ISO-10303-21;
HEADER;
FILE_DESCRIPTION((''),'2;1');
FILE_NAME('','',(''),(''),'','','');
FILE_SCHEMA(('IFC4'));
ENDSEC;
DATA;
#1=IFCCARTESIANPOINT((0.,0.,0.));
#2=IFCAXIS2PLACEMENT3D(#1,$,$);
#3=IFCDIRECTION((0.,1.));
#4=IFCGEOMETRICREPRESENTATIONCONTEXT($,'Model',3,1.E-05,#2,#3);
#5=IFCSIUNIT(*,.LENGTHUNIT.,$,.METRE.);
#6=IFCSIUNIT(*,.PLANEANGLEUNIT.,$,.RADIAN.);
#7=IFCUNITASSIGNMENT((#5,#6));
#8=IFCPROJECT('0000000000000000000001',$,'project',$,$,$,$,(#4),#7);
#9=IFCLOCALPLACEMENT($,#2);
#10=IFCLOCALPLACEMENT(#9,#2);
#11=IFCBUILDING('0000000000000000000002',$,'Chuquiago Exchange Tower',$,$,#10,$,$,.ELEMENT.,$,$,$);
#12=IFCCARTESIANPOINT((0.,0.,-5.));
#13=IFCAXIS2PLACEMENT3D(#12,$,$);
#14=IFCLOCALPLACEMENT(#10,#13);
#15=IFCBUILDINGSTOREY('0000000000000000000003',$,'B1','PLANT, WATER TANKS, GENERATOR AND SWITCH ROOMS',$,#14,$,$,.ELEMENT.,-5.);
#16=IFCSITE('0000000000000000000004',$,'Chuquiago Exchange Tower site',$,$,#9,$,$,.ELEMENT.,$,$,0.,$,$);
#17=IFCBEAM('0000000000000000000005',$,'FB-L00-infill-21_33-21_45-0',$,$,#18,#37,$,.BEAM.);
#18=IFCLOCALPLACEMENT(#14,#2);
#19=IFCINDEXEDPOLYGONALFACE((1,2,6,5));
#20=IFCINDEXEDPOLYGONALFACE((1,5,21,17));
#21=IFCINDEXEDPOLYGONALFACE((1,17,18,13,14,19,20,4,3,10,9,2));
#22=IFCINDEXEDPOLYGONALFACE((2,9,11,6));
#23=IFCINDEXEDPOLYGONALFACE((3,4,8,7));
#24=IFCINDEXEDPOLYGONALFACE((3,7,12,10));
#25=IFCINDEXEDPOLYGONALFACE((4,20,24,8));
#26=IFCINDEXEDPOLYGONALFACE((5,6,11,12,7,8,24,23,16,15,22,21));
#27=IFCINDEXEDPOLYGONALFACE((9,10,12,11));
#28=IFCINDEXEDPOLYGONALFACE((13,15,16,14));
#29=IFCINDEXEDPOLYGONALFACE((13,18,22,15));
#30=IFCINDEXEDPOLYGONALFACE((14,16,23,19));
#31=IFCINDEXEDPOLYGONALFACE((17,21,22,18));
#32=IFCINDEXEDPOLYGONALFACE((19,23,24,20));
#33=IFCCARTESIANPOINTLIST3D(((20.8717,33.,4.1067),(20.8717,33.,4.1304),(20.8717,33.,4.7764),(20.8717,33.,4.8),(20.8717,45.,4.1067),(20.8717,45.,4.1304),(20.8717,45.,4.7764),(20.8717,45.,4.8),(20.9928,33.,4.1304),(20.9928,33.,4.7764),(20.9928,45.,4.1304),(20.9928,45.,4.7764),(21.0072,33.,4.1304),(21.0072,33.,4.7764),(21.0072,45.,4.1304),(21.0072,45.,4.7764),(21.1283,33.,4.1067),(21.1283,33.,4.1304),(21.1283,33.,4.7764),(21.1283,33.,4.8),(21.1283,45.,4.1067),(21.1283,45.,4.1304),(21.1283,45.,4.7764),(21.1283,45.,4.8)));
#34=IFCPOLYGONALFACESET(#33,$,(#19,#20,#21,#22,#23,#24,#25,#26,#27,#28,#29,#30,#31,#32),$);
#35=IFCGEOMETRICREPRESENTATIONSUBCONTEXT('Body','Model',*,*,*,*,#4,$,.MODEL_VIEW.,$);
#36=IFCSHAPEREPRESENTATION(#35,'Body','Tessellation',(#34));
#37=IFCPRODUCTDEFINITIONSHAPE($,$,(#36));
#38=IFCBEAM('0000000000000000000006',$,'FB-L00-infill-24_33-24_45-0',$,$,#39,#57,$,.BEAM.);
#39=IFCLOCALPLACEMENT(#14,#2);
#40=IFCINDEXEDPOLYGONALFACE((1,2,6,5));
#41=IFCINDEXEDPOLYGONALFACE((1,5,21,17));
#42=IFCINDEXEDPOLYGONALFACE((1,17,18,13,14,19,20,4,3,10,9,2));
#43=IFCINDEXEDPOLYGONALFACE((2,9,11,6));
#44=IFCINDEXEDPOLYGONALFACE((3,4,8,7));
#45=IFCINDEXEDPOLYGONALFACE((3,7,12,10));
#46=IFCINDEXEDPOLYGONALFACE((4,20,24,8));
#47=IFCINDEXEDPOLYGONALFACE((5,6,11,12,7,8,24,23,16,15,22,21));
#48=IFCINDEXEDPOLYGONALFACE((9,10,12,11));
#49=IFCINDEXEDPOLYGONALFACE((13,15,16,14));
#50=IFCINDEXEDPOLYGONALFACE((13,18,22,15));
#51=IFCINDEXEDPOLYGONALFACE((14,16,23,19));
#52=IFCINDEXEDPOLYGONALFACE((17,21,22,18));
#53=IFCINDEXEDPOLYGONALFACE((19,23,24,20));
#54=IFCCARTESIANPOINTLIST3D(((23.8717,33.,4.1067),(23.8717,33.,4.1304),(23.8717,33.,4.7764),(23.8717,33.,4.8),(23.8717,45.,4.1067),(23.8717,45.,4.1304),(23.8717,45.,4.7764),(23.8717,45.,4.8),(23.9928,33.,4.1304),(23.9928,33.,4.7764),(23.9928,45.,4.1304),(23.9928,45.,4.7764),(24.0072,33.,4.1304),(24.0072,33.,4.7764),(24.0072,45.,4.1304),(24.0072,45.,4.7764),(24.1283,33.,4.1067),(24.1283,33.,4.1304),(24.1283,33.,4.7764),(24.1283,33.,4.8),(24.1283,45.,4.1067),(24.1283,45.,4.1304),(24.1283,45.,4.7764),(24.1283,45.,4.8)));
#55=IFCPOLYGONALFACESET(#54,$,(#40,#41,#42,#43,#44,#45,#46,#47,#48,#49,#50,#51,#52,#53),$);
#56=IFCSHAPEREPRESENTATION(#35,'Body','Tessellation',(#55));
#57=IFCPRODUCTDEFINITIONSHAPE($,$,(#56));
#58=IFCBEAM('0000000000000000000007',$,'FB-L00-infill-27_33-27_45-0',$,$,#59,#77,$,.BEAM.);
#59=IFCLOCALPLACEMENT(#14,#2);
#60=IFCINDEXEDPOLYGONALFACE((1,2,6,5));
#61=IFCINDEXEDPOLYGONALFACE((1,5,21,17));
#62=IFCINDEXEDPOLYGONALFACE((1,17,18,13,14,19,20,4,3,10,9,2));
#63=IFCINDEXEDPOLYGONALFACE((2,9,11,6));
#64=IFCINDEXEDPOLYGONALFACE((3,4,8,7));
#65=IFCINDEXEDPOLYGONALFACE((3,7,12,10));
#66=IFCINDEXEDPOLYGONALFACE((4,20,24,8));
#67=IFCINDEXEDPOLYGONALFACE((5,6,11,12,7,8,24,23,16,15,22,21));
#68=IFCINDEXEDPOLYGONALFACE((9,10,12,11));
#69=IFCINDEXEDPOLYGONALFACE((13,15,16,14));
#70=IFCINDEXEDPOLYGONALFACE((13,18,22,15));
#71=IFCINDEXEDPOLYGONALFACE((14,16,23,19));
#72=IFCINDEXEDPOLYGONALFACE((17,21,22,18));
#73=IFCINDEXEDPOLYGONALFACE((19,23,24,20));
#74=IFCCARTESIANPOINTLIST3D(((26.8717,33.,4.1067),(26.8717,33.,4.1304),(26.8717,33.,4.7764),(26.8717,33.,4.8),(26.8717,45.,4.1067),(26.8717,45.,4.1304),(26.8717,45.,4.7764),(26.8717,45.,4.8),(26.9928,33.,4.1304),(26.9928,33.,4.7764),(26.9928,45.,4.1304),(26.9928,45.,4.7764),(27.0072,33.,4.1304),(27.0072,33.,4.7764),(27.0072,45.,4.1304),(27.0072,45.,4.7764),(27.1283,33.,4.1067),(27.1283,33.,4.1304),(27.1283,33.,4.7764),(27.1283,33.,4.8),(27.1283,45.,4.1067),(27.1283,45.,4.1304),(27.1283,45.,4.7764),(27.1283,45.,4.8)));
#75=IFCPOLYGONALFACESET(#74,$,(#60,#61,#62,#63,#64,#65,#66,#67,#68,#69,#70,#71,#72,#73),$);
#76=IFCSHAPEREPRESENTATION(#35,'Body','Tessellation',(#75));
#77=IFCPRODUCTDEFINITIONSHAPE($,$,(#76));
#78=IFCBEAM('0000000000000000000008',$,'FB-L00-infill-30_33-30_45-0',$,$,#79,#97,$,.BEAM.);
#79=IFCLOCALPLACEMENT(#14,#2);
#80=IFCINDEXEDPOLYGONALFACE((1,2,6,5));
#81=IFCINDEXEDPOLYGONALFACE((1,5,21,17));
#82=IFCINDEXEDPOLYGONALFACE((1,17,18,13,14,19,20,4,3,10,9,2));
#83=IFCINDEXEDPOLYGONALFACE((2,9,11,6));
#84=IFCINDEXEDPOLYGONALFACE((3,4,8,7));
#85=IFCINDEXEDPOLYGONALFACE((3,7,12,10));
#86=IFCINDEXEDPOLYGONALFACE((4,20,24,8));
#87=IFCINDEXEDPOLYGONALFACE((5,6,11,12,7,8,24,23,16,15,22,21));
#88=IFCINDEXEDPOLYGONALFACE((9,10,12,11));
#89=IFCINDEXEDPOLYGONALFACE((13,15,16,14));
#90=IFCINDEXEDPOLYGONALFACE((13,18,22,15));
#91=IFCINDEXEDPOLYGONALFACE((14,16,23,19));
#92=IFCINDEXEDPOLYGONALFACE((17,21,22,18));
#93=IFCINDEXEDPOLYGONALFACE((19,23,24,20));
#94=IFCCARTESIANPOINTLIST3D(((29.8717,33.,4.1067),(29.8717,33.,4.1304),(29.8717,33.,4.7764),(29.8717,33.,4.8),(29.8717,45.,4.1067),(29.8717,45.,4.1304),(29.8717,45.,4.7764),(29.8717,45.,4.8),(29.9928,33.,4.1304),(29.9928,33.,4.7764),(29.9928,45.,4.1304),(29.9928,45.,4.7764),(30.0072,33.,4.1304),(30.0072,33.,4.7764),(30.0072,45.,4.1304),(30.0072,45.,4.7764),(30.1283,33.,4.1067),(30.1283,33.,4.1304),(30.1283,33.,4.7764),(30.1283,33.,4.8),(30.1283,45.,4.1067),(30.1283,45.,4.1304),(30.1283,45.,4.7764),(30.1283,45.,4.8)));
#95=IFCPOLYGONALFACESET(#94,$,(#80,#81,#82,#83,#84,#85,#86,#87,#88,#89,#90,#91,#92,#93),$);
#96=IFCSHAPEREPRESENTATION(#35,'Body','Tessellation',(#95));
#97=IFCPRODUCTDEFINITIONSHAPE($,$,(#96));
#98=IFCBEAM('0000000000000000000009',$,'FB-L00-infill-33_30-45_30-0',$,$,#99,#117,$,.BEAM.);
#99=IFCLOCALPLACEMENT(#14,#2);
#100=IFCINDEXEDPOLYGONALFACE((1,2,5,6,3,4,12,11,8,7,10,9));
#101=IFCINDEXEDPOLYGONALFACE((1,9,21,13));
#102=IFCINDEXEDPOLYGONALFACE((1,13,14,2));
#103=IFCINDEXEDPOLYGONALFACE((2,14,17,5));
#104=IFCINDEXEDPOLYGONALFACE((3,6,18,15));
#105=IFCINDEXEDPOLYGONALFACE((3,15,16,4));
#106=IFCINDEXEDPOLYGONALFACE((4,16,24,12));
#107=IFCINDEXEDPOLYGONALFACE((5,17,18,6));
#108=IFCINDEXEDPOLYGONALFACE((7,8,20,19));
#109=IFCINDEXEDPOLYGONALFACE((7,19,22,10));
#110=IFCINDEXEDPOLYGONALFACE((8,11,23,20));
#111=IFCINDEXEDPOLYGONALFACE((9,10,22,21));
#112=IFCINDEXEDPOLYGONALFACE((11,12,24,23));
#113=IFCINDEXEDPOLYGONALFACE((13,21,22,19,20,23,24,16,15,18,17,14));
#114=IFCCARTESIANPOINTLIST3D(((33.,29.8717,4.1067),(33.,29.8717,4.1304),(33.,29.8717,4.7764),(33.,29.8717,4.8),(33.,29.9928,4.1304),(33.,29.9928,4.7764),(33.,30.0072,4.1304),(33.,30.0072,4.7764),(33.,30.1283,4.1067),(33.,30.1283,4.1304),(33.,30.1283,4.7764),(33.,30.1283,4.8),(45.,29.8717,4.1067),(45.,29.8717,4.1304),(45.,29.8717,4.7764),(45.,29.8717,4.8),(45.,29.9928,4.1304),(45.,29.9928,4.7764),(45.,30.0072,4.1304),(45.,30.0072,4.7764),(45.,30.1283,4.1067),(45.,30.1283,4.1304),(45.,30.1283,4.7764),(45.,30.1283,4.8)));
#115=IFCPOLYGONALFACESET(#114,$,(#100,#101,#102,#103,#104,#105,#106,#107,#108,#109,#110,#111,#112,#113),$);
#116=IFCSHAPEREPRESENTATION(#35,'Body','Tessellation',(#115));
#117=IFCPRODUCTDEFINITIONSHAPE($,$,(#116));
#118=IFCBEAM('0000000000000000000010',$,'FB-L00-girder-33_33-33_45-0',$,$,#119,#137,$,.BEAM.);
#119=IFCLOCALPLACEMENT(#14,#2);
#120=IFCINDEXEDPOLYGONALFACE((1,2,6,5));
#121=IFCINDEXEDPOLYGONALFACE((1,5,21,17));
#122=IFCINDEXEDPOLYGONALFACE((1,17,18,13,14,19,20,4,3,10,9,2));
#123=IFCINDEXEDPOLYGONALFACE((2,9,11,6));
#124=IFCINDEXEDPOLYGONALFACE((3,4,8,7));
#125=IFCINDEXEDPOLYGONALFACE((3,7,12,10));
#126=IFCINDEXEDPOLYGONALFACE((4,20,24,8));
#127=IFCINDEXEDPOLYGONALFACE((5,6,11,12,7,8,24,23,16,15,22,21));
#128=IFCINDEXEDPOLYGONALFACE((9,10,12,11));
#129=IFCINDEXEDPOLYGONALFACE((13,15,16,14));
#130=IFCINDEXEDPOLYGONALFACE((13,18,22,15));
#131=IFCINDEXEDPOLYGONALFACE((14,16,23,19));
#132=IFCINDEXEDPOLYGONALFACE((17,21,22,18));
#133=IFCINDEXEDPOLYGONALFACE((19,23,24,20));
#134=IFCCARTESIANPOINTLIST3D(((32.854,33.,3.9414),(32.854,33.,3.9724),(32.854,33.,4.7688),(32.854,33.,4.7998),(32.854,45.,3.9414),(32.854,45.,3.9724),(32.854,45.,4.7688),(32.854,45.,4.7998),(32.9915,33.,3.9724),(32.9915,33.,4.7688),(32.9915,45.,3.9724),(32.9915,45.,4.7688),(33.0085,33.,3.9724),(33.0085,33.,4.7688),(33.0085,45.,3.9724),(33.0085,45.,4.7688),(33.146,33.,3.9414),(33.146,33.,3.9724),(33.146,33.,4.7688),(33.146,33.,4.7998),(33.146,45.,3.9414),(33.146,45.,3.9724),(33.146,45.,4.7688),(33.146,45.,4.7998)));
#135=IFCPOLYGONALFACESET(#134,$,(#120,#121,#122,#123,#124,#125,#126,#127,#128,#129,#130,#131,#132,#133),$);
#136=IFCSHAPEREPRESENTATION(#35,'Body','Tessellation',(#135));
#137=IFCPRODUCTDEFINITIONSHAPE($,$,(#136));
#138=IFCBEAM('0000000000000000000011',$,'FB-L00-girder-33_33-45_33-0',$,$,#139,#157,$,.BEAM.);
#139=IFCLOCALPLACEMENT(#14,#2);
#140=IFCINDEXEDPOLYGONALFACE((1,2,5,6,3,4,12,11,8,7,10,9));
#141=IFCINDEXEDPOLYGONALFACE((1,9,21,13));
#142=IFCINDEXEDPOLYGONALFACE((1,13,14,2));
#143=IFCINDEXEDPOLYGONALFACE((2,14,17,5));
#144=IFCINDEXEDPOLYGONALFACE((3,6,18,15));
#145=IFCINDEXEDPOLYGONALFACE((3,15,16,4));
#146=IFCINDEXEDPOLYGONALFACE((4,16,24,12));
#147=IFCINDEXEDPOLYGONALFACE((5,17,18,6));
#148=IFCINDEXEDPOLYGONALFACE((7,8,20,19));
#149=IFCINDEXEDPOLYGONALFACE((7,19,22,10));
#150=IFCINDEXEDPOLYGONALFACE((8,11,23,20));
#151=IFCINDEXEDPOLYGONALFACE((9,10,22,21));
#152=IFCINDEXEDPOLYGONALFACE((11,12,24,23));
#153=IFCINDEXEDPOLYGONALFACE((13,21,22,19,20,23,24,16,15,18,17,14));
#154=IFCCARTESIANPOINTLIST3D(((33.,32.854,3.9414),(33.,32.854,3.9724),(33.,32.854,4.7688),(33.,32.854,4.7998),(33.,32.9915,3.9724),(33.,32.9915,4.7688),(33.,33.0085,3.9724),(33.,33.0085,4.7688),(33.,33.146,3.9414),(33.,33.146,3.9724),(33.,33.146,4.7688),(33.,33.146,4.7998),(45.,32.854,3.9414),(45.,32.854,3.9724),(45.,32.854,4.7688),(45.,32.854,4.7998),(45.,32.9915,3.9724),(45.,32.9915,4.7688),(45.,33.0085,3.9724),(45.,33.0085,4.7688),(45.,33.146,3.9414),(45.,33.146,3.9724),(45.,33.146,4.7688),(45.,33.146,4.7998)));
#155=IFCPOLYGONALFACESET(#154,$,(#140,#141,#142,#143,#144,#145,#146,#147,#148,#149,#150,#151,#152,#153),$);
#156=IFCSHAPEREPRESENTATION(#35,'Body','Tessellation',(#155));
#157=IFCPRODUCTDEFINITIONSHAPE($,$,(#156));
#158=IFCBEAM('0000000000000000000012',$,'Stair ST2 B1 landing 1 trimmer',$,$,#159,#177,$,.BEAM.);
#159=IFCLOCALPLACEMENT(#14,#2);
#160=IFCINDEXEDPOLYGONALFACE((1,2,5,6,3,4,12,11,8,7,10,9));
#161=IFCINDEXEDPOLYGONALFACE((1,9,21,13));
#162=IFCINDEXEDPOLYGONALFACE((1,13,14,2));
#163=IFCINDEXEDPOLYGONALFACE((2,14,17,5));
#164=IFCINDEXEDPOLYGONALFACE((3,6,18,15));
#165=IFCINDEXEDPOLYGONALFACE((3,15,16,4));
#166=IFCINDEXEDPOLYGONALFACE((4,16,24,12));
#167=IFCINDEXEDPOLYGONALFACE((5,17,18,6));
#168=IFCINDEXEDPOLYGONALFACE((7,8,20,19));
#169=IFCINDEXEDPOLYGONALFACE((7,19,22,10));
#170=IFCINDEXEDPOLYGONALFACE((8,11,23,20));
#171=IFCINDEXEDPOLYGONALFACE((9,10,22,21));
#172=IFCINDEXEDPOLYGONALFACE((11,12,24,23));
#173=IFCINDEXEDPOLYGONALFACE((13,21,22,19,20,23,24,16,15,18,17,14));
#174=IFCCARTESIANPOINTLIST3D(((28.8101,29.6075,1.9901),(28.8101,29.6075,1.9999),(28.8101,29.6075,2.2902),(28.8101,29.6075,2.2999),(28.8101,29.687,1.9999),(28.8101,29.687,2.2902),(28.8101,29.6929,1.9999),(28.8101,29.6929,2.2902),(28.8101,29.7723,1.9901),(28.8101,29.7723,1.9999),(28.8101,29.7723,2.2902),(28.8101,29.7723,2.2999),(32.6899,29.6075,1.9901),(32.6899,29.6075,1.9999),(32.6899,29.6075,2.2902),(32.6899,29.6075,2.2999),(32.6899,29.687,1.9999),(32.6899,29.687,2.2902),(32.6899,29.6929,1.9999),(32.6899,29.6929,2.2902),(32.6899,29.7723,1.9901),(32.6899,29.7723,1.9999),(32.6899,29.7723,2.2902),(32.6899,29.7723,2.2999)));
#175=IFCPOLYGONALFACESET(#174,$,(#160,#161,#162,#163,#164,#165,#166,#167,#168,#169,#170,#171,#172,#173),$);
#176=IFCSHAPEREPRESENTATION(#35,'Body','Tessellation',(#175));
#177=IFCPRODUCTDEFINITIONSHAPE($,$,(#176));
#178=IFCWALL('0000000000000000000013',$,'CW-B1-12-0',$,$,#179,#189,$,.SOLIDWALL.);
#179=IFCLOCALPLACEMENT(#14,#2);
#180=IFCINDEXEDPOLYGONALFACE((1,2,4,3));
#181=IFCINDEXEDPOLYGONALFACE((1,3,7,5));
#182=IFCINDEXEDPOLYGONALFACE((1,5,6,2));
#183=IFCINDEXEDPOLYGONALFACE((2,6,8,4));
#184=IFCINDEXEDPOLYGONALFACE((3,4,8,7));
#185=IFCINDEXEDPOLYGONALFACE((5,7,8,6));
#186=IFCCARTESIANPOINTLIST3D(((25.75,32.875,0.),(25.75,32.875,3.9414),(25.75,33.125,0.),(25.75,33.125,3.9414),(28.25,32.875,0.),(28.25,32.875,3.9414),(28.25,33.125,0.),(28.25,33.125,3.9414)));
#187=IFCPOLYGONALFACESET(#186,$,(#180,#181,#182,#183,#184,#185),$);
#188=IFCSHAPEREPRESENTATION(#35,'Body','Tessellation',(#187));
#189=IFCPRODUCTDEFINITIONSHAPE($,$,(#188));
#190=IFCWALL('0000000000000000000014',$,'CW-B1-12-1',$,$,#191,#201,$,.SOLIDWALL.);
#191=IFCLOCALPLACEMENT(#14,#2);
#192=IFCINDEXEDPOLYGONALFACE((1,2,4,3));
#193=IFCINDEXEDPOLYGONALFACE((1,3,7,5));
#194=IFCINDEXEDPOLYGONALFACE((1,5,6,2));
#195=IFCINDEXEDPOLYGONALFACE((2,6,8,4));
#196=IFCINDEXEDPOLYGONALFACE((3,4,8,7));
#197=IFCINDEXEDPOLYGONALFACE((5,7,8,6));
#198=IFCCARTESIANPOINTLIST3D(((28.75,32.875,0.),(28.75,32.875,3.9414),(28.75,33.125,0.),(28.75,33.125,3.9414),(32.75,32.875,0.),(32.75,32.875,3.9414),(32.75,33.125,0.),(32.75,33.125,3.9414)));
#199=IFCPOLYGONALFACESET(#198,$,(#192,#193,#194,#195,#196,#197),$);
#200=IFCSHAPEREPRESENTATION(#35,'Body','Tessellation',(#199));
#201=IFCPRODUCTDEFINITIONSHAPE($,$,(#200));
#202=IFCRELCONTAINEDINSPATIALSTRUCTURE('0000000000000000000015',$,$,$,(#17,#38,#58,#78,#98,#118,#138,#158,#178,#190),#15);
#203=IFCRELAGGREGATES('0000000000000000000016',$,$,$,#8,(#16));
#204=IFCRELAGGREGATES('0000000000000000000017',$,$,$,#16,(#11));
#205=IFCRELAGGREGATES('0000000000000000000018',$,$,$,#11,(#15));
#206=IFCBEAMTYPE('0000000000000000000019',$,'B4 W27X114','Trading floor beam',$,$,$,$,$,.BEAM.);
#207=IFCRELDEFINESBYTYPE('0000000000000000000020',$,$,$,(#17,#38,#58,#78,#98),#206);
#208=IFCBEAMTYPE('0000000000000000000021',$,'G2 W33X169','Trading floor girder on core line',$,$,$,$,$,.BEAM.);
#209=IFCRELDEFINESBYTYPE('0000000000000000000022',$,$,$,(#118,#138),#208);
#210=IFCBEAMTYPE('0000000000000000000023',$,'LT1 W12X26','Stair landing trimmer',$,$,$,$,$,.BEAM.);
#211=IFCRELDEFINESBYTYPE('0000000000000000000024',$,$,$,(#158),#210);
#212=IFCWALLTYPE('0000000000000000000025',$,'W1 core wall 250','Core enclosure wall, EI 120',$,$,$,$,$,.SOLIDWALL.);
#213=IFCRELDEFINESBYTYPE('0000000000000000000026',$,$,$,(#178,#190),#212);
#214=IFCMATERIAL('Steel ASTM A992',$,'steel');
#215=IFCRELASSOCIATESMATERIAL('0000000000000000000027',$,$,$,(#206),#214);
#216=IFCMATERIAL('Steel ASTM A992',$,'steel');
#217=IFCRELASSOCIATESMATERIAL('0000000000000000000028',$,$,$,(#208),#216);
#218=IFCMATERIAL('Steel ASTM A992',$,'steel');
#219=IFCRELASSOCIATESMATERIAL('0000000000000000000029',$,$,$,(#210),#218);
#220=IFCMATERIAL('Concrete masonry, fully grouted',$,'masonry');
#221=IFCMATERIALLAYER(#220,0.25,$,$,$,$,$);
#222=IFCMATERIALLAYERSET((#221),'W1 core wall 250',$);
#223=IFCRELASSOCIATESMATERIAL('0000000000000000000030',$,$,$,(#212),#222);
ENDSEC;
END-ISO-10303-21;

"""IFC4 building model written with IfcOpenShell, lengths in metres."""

from ifc_helpers import new_model, si_unit, direction, frame, frame_2d, origin, origin_2d, place, context, subcontext, project, spatial, rectangle, i_section, extrude, material, layer, layer_set, material_profile, profile_set, type_object, element, save


model = new_model("IFC4")

# Units and contexts
model_context = context("Model", 3, precision=1e-05, world=origin(), true_north=direction((0.0, 1.0)))
body_context = subcontext(model_context, "Body", "Model", "MODEL_VIEW")
ifc_project = project(units=[si_unit("LENGTHUNIT", "METRE"), si_unit("PLANEANGLEUNIT", "RADIAN")], contexts=[model_context])

# Site, building, storey
site_placement = place(None, origin())
site = spatial("IfcSite", under=ifc_project, at=site_placement, Name="Chuquiago Exchange Tower site", CompositionType="ELEMENT", RefElevation=0.0)
building_placement = place(site_placement, origin())
building = spatial("IfcBuilding", under=site, at=building_placement, Name="Chuquiago Exchange Tower", CompositionType="ELEMENT")
storey_placement = place(building_placement, frame((0.0, 0.0, -5.0)))
storey = spatial("IfcBuildingStorey", under=building, at=storey_placement, Name="B1", Description="PLANT, WATER TANKS, GENERATOR AND SWITCH ROOMS", CompositionType="ELEMENT", Elevation=-5.0)

# Beams
ifc_material_1 = material(Name="Steel ASTM A992", Category="steel")
ifc_material_profile_1 = material_profile(ifc_material_1, i_section(OverallWidth=0.2566, OverallDepth=0.6934, WebThickness=0.0144, FlangeThickness=0.0237, at=origin_2d()), Name="W27X114")
ifc_profile_set_1 = profile_set([ifc_material_profile_1], Name="Steel ASTM A992")
beam_type_1 = type_object("IfcBeamType", Name="B4 W27X114", Description="Trading floor beam", PredefinedType="BEAM", material=ifc_profile_set_1)
for number, where, z_axis, x_axis, name in (
    (1, (21.0, 33.0, 4.4534), (0.0, 1.0, 0.0), (-1.0, 0.0, 0.0), "FB-L00-infill-21_33-21_45-0"),
    (2, (24.0, 33.0, 4.4534), (0.0, 1.0, 0.0), (-1.0, 0.0, 0.0), "FB-L00-infill-24_33-24_45-0"),
    (3, (27.0, 33.0, 4.4534), (0.0, 1.0, 0.0), (-1.0, 0.0, 0.0), "FB-L00-infill-27_33-27_45-0"),
    (4, (30.0, 33.0, 4.4534), (0.0, 1.0, 0.0), (-1.0, 0.0, 0.0), "FB-L00-infill-30_33-30_45-0"),
    (5, (33.0, 30.0, 4.4534), (1.0, 0.0, 0.0), (0.0, 1.0, 0.0), "FB-L00-infill-33_30-45_30-0"),
):
    element("IfcBeam", number, at=place(storey_placement, frame(where, z_axis=z_axis, x_axis=x_axis)), inside=storey, type_object=beam_type_1, Name=name, PredefinedType="BEAM", context=body_context, shape_type="SweptSolid", body=[
        extrude(i_section(OverallWidth=0.2566, OverallDepth=0.6934, WebThickness=0.0144, FlangeThickness=0.0237, at=origin_2d()), origin(), (0.0, 0.0, 1.0), 12.0),
    ])
ifc_material_2 = material(Name="Steel ASTM A992", Category="steel")
ifc_material_profile_2 = material_profile(ifc_material_2, i_section(OverallWidth=0.292, OverallDepth=0.8584, WebThickness=0.0171, FlangeThickness=0.031, at=origin_2d()), Name="W33X169")
ifc_profile_set_2 = profile_set([ifc_material_profile_2], Name="Steel ASTM A992")
beam_type_2 = type_object("IfcBeamType", Name="G2 W33X169", Description="Trading floor girder on core line", PredefinedType="BEAM", material=ifc_profile_set_2)
for number, where, z_axis, x_axis, name in (
    (6, (33.0, 33.0, 4.3706), (0.0, 1.0, 0.0), (-1.0, 0.0, 0.0), "FB-L00-girder-33_33-33_45-0"),
    (7, (33.0, 33.0, 4.3706), (1.0, 0.0, 0.0), (0.0, 1.0, 0.0), "FB-L00-girder-33_33-45_33-0"),
):
    element("IfcBeam", number, at=place(storey_placement, frame(where, z_axis=z_axis, x_axis=x_axis)), inside=storey, type_object=beam_type_2, Name=name, PredefinedType="BEAM", context=body_context, shape_type="SweptSolid", body=[
        extrude(i_section(OverallWidth=0.292, OverallDepth=0.8584, WebThickness=0.0171, FlangeThickness=0.031, at=origin_2d()), origin(), (0.0, 0.0, 1.0), 12.0),
    ])
ifc_material_3 = material(Name="Steel ASTM A992", Category="steel")
ifc_material_profile_3 = material_profile(ifc_material_3, i_section(OverallWidth=0.1648, OverallDepth=0.3098, WebThickness=0.0059, FlangeThickness=0.0098, at=origin_2d()), Name="W12X26")
ifc_profile_set_3 = profile_set([ifc_material_profile_3], Name="Steel ASTM A992")
beam_type_3 = type_object("IfcBeamType", Name="LT1 W12X26", Description="Stair landing trimmer", PredefinedType="BEAM", material=ifc_profile_set_3)
beam_1_placement = place(storey_placement, frame((28.8101, 29.6899, 2.145), z_axis=(1.0, 0.0, 0.0), x_axis=(0.0, 1.0, 0.0)))
element("IfcBeam", 8, at=beam_1_placement, inside=storey, type_object=beam_type_3, Name="Stair ST2 B1 landing 1 trimmer", PredefinedType="BEAM", context=body_context, shape_type="SweptSolid", body=[
    extrude(i_section(OverallWidth=0.1648, OverallDepth=0.3098, WebThickness=0.0059, FlangeThickness=0.0098, at=origin_2d()), origin(), (0.0, 0.0, 1.0), 3.8799),
])

# Walls
ifc_material_4 = material(Name="Concrete masonry, fully grouted", Category="masonry")
ifc_layer_1 = layer(ifc_material_4, 0.25)
ifc_layer_set_1 = layer_set([ifc_layer_1], Name="W1 core wall 250")
wall_type_1 = type_object("IfcWallType", Name="W1 core wall 250", Description="Core enclosure wall, EI 120", PredefinedType="SOLIDWALL", material=ifc_layer_set_1)
wall_1_placement = place(storey_placement, frame((25.75, 33.0, 0.0), z_axis=(0.0, 0.0, 1.0), x_axis=(1.0, 0.0, 0.0)))
element("IfcWall", 9, at=wall_1_placement, inside=storey, type_object=wall_type_1, Name="CW-B1-12-0", PredefinedType="SOLIDWALL", context=body_context, shape_type="SweptSolid", body=[
    extrude(rectangle(XDim=2.5, YDim=0.25, at=frame_2d((1.25, 0.0))), origin(), (0.0, 0.0, 1.0), 3.9414),
])
wall_2_placement = place(storey_placement, frame((28.75, 33.0, 0.0), z_axis=(0.0, 0.0, 1.0), x_axis=(1.0, 0.0, 0.0)))
element("IfcWall", 10, at=wall_2_placement, inside=storey, type_object=wall_type_1, Name="CW-B1-12-1", PredefinedType="SOLIDWALL", context=body_context, shape_type="SweptSolid", body=[
    extrude(rectangle(XDim=4.0, YDim=0.25, at=frame_2d((2.0, 0.0))), origin(), (0.0, 0.0, 1.0), 3.9414),
])

save(model, "model.ifc")
